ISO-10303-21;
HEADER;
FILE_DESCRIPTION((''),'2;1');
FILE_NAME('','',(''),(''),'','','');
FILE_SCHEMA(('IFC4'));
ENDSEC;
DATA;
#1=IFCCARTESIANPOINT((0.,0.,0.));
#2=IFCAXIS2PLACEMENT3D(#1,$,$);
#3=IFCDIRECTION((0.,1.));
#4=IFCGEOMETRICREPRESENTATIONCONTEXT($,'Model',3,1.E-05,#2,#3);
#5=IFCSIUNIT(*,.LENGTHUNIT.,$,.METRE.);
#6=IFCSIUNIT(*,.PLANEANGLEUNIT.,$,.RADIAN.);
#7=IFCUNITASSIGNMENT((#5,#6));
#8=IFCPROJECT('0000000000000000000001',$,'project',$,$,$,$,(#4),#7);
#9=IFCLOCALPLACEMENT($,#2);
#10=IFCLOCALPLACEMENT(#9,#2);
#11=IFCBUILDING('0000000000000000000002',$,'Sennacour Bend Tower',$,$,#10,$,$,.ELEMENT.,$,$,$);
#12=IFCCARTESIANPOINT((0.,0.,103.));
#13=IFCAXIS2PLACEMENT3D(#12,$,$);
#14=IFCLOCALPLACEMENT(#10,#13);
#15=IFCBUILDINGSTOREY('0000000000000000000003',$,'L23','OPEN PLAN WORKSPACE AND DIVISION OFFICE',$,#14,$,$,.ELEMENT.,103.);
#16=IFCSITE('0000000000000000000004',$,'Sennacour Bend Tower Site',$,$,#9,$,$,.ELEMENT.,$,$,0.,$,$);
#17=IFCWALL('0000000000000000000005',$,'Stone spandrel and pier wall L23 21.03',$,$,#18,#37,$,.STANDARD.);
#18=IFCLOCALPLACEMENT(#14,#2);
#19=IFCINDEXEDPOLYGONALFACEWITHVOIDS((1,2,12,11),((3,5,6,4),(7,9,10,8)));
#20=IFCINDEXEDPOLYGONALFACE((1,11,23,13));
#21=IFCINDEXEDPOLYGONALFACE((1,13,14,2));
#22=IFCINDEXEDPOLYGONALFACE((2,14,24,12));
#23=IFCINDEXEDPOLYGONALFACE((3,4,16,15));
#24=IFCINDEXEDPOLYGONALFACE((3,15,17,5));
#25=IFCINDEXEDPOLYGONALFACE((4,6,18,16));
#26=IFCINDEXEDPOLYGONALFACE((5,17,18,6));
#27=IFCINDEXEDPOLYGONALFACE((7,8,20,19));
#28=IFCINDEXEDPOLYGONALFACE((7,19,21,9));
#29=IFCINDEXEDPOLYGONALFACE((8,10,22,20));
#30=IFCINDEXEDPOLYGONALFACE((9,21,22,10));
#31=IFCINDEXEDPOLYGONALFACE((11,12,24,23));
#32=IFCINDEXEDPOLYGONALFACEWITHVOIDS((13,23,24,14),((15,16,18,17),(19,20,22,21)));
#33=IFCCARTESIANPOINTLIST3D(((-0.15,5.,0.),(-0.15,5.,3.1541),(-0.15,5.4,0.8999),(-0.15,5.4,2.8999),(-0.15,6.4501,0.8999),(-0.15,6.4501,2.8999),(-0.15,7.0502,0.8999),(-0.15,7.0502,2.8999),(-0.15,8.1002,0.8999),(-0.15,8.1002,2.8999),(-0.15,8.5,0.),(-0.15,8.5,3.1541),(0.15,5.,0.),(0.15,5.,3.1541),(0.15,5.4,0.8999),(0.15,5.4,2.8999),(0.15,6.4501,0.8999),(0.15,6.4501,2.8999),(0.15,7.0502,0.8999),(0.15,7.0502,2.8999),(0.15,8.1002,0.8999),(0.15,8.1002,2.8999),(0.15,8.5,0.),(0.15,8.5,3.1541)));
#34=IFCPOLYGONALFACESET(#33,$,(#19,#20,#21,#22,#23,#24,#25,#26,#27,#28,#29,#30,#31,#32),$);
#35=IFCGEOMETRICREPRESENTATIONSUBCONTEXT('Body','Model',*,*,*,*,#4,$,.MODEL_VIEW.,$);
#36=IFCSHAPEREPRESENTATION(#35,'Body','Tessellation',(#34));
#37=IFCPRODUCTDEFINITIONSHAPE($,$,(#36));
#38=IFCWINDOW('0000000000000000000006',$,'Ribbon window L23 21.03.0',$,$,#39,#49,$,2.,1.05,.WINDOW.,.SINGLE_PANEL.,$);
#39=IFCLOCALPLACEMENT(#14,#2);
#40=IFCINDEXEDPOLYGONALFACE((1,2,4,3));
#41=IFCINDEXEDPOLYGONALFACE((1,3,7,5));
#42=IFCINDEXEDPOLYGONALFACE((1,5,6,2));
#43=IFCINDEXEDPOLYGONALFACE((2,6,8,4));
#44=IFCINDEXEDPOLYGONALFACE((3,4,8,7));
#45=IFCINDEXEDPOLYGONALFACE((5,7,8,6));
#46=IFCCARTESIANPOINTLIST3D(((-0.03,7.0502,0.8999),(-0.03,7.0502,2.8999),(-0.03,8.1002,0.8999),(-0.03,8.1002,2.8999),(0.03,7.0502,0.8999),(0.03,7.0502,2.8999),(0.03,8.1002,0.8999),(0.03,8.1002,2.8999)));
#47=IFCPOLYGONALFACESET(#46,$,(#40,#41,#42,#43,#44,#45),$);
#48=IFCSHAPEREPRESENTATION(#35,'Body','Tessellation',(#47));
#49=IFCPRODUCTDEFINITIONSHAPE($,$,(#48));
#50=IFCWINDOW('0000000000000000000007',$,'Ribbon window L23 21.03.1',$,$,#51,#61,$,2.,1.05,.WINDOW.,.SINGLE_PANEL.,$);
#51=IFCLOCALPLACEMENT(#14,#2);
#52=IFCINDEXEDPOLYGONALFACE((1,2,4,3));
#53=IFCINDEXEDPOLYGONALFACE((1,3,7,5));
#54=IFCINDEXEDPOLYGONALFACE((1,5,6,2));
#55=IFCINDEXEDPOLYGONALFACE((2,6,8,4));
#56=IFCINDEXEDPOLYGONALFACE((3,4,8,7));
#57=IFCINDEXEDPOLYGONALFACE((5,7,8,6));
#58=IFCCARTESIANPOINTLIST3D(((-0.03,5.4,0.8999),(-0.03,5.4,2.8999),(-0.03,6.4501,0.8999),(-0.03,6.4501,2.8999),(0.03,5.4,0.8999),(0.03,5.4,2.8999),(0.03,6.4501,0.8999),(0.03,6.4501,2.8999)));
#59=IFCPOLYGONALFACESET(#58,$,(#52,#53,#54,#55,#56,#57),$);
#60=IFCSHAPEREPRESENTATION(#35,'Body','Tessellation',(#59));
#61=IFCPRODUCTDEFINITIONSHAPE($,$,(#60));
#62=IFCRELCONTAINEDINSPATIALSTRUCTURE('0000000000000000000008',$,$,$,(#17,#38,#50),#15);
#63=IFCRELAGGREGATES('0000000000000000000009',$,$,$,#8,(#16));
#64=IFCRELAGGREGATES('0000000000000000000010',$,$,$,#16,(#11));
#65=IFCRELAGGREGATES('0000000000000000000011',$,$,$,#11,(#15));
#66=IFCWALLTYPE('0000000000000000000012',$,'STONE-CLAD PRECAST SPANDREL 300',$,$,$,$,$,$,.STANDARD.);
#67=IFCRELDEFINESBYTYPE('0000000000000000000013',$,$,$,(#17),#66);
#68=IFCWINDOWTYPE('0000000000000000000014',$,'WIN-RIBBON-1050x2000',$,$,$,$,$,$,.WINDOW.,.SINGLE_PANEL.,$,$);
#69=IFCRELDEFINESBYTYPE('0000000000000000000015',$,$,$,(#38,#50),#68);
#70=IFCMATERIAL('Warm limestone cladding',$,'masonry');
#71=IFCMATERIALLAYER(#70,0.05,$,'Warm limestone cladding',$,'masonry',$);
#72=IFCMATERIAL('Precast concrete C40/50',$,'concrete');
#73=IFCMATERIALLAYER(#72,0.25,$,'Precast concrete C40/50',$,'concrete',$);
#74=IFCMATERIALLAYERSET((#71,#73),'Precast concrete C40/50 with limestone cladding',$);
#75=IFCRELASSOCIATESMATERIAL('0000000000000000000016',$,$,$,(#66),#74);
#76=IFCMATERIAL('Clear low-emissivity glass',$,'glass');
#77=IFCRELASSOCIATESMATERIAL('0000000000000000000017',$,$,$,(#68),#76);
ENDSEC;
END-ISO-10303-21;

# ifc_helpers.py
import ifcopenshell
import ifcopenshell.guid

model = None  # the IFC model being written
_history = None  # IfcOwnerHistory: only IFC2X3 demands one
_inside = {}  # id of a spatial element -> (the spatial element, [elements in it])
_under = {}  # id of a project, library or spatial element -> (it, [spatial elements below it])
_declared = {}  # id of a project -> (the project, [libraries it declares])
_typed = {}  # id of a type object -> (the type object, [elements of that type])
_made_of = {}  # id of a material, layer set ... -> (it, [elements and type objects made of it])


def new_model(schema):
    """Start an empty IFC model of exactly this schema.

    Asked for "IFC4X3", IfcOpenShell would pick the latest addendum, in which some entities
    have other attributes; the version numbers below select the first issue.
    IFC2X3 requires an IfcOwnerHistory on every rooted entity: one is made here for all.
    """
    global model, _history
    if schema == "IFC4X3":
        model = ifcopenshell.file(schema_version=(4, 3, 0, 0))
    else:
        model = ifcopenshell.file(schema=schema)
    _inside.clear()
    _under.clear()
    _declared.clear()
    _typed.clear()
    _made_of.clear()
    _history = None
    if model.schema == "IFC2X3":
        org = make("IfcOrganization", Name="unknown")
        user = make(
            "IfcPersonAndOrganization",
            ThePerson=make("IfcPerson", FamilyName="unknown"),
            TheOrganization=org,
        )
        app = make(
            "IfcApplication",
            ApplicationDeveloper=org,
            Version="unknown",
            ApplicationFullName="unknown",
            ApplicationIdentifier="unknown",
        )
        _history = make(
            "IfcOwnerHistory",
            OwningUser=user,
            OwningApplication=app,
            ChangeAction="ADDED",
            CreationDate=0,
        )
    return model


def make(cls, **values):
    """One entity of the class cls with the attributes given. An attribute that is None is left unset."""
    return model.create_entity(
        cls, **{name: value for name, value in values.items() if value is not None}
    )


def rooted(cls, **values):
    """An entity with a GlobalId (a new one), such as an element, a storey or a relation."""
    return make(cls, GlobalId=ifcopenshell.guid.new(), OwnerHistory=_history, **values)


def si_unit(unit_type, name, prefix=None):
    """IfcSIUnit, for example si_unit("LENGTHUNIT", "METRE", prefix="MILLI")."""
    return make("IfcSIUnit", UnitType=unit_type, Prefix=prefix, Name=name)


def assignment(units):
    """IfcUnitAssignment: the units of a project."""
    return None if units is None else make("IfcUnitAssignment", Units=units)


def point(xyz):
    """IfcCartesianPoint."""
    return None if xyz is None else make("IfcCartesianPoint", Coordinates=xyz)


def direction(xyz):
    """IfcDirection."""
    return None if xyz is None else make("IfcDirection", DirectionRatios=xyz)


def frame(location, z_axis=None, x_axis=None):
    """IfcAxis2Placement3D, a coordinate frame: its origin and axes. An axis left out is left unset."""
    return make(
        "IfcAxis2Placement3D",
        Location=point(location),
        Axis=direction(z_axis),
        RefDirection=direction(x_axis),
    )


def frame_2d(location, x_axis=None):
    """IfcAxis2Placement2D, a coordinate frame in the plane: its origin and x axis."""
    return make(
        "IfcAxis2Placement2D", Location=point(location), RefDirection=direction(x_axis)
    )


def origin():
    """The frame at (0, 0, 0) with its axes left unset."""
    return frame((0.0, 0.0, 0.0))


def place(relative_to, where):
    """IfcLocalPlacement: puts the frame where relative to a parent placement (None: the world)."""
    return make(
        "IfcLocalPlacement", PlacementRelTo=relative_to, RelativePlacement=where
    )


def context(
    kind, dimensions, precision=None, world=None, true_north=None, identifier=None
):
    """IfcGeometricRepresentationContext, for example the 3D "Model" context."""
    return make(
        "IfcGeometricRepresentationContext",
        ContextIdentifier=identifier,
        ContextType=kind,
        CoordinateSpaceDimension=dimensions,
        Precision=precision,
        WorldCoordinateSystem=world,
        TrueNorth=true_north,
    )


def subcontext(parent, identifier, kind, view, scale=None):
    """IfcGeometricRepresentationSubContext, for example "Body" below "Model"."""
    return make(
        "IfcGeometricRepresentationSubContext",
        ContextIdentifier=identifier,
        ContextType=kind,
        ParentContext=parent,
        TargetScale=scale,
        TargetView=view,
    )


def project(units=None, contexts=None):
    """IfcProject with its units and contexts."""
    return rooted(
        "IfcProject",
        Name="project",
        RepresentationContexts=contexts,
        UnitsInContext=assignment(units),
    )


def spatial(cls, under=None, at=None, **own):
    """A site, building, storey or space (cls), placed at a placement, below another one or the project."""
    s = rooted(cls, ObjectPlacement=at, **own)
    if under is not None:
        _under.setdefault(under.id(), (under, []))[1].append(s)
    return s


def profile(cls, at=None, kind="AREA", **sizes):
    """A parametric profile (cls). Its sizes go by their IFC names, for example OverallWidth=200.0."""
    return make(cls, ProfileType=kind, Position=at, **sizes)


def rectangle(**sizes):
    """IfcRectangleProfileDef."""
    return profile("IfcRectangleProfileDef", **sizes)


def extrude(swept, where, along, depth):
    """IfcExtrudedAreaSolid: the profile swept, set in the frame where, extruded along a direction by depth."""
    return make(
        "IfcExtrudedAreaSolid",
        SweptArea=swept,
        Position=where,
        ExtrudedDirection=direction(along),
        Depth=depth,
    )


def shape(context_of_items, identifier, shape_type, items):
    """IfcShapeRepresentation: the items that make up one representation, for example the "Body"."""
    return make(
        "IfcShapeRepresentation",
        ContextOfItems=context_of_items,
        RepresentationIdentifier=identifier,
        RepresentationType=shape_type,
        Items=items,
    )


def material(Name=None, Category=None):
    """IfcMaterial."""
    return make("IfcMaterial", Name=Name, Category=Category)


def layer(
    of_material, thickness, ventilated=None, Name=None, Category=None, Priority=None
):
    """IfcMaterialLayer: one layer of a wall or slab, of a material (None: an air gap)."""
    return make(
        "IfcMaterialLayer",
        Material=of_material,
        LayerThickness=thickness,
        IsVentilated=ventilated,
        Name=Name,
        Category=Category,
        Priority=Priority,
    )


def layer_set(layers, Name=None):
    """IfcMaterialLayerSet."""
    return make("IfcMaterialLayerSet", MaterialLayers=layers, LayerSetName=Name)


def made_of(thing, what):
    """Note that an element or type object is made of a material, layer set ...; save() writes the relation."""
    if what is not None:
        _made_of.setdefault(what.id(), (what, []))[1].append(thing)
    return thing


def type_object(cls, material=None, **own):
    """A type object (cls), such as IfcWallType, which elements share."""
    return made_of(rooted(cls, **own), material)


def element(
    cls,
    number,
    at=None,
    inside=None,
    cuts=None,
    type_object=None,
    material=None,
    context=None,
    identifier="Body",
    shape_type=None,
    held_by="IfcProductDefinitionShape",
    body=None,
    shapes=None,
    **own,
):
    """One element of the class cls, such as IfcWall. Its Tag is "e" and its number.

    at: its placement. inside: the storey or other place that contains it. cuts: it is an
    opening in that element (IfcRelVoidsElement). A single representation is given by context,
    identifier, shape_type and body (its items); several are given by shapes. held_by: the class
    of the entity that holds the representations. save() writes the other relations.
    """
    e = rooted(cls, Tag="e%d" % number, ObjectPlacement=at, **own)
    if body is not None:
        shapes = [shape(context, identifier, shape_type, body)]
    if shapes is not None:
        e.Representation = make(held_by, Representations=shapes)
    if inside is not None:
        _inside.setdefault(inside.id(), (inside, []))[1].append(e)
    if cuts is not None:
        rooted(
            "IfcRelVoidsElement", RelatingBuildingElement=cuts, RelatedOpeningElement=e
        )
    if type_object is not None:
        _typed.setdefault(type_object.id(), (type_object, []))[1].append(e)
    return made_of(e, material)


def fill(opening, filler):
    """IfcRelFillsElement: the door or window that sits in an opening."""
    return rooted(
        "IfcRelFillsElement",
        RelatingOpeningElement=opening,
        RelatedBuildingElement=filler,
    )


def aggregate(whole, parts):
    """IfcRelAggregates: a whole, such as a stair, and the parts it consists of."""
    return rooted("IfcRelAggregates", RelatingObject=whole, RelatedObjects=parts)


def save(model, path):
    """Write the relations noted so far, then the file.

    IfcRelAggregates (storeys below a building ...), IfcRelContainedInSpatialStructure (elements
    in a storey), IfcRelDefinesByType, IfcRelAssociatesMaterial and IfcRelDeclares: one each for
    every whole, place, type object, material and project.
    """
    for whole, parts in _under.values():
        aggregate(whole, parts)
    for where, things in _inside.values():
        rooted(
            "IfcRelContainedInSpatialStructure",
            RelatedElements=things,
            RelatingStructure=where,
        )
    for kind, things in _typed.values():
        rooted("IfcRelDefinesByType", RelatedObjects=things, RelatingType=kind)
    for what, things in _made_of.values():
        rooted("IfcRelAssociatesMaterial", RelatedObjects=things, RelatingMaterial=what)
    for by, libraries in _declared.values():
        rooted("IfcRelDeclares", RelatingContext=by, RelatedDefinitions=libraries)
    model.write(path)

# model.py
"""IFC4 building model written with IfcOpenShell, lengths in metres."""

from ifc_helpers import new_model, si_unit, direction, frame, frame_2d, origin, place, context, subcontext, project, spatial, rectangle, extrude, material, layer, layer_set, type_object, element, fill, save


model = new_model("IFC4")

# Units and contexts
model_context = context("Model", 3, precision=1e-05, world=origin(), true_north=direction((0.0, 1.0)))
body_context = subcontext(model_context, "Body", "Model", "MODEL_VIEW")
ifc_project = project(units=[si_unit("LENGTHUNIT", "METRE"), si_unit("PLANEANGLEUNIT", "RADIAN")], contexts=[model_context])

# Site, building, storey
site_placement = place(None, origin())
site = spatial("IfcSite", under=ifc_project, at=site_placement, Name="Sennacour Bend Tower Site", CompositionType="ELEMENT", RefElevation=0.0)
building_placement = place(site_placement, origin())
building = spatial("IfcBuilding", under=site, at=building_placement, Name="Sennacour Bend Tower", CompositionType="ELEMENT")
storey_placement = place(building_placement, frame((0.0, 0.0, 103.0)))
storey = spatial("IfcBuildingStorey", under=building, at=storey_placement, Name="L23", Description="OPEN PLAN WORKSPACE AND DIVISION OFFICE", CompositionType="ELEMENT", Elevation=103.0)

# Wall, openings, windows
ifc_material_1 = material(Name="Warm limestone cladding", Category="masonry")
ifc_layer_1 = layer(ifc_material_1, 0.05, Name="Warm limestone cladding", Category="masonry")
ifc_material_2 = material(Name="Precast concrete C40/50", Category="concrete")
ifc_layer_2 = layer(ifc_material_2, 0.25, Name="Precast concrete C40/50", Category="concrete")
ifc_layer_set = layer_set([ifc_layer_1, ifc_layer_2], Name="Precast concrete C40/50 with limestone cladding")
wall_type = type_object("IfcWallType", Name="STONE-CLAD PRECAST SPANDREL 300", PredefinedType="STANDARD", material=ifc_layer_set)
ifc_material_3 = material(Name="Clear low-emissivity glass", Category="glass")
window_type = type_object("IfcWindowType", Name="WIN-RIBBON-1050x2000", PartitioningType="SINGLE_PANEL", PredefinedType="WINDOW", material=ifc_material_3)
wall_1_placement = place(storey_placement, frame((0.0, 8.5, 0.0), z_axis=(0.0, 0.0, 1.0), x_axis=(0.0, -1.0, 0.0)))
wall_1 = element("IfcWall", 1, at=wall_1_placement, inside=storey, type_object=wall_type, Name="Stone spandrel and pier wall L23 21.03", PredefinedType="STANDARD", context=body_context, shape_type="SweptSolid", body=[
    extrude(rectangle(XDim=3.5, YDim=0.3, at=frame_2d((1.75, 0.0))), origin(), (0.0, 0.0, 1.0), 3.1541),
])
opening_1_placement = place(wall_1_placement, frame((0.3999, 0.0, 0.8999)))
opening_1 = element("IfcOpeningElement", 2, at=opening_1_placement, cuts=wall_1, PredefinedType="OPENING", context=body_context, shape_type="SweptSolid", body=[
    extrude(rectangle(XDim=1.05, YDim=2.0, at=frame_2d((0.5249, 1.0))), frame((0.0, 0.1602, 0.0), z_axis=(0.0, -1.0, 0.0), x_axis=(1.0, 0.0, 0.0)), (0.0, 0.0, 1.0), 0.3201),
])
opening_2_placement = place(wall_1_placement, frame((2.05, 0.0, 0.8999)))
opening_2 = element("IfcOpeningElement", 3, at=opening_2_placement, cuts=wall_1, PredefinedType="OPENING", context=body_context, shape_type="SweptSolid", body=[
    extrude(rectangle(XDim=1.05, YDim=2.0, at=frame_2d((0.5249, 1.0))), frame((0.0, 0.1602, 0.0), z_axis=(0.0, -1.0, 0.0), x_axis=(1.0, 0.0, 0.0)), (0.0, 0.0, 1.0), 0.3201),
])
window_1_placement = place(opening_1_placement, origin())
window_1 = element("IfcWindow", 4, at=window_1_placement, inside=storey, type_object=window_type, Name="Ribbon window L23 21.03.0", OverallHeight=2.0, OverallWidth=1.05, PartitioningType="SINGLE_PANEL", PredefinedType="WINDOW", context=body_context, shape_type="SweptSolid", body=[
    extrude(rectangle(XDim=1.05, YDim=2.0, at=frame_2d((0.5249, 1.0))), frame((0.0, 0.03, 0.0), z_axis=(0.0, -1.0, 0.0), x_axis=(1.0, 0.0, 0.0)), (0.0, 0.0, 1.0), 0.0601),
])
fill(opening_1, window_1)
window_2_placement = place(opening_2_placement, origin())
window_2 = element("IfcWindow", 5, at=window_2_placement, inside=storey, type_object=window_type, Name="Ribbon window L23 21.03.1", OverallHeight=2.0, OverallWidth=1.05, PartitioningType="SINGLE_PANEL", PredefinedType="WINDOW", context=body_context, shape_type="SweptSolid", body=[
    extrude(rectangle(XDim=1.05, YDim=2.0, at=frame_2d((0.5249, 1.0))), frame((0.0, 0.03, 0.0), z_axis=(0.0, -1.0, 0.0), x_axis=(1.0, 0.0, 0.0)), (0.0, 0.0, 1.0), 0.0601),
])
fill(opening_2, window_2)

save(model, "model.ifc")
